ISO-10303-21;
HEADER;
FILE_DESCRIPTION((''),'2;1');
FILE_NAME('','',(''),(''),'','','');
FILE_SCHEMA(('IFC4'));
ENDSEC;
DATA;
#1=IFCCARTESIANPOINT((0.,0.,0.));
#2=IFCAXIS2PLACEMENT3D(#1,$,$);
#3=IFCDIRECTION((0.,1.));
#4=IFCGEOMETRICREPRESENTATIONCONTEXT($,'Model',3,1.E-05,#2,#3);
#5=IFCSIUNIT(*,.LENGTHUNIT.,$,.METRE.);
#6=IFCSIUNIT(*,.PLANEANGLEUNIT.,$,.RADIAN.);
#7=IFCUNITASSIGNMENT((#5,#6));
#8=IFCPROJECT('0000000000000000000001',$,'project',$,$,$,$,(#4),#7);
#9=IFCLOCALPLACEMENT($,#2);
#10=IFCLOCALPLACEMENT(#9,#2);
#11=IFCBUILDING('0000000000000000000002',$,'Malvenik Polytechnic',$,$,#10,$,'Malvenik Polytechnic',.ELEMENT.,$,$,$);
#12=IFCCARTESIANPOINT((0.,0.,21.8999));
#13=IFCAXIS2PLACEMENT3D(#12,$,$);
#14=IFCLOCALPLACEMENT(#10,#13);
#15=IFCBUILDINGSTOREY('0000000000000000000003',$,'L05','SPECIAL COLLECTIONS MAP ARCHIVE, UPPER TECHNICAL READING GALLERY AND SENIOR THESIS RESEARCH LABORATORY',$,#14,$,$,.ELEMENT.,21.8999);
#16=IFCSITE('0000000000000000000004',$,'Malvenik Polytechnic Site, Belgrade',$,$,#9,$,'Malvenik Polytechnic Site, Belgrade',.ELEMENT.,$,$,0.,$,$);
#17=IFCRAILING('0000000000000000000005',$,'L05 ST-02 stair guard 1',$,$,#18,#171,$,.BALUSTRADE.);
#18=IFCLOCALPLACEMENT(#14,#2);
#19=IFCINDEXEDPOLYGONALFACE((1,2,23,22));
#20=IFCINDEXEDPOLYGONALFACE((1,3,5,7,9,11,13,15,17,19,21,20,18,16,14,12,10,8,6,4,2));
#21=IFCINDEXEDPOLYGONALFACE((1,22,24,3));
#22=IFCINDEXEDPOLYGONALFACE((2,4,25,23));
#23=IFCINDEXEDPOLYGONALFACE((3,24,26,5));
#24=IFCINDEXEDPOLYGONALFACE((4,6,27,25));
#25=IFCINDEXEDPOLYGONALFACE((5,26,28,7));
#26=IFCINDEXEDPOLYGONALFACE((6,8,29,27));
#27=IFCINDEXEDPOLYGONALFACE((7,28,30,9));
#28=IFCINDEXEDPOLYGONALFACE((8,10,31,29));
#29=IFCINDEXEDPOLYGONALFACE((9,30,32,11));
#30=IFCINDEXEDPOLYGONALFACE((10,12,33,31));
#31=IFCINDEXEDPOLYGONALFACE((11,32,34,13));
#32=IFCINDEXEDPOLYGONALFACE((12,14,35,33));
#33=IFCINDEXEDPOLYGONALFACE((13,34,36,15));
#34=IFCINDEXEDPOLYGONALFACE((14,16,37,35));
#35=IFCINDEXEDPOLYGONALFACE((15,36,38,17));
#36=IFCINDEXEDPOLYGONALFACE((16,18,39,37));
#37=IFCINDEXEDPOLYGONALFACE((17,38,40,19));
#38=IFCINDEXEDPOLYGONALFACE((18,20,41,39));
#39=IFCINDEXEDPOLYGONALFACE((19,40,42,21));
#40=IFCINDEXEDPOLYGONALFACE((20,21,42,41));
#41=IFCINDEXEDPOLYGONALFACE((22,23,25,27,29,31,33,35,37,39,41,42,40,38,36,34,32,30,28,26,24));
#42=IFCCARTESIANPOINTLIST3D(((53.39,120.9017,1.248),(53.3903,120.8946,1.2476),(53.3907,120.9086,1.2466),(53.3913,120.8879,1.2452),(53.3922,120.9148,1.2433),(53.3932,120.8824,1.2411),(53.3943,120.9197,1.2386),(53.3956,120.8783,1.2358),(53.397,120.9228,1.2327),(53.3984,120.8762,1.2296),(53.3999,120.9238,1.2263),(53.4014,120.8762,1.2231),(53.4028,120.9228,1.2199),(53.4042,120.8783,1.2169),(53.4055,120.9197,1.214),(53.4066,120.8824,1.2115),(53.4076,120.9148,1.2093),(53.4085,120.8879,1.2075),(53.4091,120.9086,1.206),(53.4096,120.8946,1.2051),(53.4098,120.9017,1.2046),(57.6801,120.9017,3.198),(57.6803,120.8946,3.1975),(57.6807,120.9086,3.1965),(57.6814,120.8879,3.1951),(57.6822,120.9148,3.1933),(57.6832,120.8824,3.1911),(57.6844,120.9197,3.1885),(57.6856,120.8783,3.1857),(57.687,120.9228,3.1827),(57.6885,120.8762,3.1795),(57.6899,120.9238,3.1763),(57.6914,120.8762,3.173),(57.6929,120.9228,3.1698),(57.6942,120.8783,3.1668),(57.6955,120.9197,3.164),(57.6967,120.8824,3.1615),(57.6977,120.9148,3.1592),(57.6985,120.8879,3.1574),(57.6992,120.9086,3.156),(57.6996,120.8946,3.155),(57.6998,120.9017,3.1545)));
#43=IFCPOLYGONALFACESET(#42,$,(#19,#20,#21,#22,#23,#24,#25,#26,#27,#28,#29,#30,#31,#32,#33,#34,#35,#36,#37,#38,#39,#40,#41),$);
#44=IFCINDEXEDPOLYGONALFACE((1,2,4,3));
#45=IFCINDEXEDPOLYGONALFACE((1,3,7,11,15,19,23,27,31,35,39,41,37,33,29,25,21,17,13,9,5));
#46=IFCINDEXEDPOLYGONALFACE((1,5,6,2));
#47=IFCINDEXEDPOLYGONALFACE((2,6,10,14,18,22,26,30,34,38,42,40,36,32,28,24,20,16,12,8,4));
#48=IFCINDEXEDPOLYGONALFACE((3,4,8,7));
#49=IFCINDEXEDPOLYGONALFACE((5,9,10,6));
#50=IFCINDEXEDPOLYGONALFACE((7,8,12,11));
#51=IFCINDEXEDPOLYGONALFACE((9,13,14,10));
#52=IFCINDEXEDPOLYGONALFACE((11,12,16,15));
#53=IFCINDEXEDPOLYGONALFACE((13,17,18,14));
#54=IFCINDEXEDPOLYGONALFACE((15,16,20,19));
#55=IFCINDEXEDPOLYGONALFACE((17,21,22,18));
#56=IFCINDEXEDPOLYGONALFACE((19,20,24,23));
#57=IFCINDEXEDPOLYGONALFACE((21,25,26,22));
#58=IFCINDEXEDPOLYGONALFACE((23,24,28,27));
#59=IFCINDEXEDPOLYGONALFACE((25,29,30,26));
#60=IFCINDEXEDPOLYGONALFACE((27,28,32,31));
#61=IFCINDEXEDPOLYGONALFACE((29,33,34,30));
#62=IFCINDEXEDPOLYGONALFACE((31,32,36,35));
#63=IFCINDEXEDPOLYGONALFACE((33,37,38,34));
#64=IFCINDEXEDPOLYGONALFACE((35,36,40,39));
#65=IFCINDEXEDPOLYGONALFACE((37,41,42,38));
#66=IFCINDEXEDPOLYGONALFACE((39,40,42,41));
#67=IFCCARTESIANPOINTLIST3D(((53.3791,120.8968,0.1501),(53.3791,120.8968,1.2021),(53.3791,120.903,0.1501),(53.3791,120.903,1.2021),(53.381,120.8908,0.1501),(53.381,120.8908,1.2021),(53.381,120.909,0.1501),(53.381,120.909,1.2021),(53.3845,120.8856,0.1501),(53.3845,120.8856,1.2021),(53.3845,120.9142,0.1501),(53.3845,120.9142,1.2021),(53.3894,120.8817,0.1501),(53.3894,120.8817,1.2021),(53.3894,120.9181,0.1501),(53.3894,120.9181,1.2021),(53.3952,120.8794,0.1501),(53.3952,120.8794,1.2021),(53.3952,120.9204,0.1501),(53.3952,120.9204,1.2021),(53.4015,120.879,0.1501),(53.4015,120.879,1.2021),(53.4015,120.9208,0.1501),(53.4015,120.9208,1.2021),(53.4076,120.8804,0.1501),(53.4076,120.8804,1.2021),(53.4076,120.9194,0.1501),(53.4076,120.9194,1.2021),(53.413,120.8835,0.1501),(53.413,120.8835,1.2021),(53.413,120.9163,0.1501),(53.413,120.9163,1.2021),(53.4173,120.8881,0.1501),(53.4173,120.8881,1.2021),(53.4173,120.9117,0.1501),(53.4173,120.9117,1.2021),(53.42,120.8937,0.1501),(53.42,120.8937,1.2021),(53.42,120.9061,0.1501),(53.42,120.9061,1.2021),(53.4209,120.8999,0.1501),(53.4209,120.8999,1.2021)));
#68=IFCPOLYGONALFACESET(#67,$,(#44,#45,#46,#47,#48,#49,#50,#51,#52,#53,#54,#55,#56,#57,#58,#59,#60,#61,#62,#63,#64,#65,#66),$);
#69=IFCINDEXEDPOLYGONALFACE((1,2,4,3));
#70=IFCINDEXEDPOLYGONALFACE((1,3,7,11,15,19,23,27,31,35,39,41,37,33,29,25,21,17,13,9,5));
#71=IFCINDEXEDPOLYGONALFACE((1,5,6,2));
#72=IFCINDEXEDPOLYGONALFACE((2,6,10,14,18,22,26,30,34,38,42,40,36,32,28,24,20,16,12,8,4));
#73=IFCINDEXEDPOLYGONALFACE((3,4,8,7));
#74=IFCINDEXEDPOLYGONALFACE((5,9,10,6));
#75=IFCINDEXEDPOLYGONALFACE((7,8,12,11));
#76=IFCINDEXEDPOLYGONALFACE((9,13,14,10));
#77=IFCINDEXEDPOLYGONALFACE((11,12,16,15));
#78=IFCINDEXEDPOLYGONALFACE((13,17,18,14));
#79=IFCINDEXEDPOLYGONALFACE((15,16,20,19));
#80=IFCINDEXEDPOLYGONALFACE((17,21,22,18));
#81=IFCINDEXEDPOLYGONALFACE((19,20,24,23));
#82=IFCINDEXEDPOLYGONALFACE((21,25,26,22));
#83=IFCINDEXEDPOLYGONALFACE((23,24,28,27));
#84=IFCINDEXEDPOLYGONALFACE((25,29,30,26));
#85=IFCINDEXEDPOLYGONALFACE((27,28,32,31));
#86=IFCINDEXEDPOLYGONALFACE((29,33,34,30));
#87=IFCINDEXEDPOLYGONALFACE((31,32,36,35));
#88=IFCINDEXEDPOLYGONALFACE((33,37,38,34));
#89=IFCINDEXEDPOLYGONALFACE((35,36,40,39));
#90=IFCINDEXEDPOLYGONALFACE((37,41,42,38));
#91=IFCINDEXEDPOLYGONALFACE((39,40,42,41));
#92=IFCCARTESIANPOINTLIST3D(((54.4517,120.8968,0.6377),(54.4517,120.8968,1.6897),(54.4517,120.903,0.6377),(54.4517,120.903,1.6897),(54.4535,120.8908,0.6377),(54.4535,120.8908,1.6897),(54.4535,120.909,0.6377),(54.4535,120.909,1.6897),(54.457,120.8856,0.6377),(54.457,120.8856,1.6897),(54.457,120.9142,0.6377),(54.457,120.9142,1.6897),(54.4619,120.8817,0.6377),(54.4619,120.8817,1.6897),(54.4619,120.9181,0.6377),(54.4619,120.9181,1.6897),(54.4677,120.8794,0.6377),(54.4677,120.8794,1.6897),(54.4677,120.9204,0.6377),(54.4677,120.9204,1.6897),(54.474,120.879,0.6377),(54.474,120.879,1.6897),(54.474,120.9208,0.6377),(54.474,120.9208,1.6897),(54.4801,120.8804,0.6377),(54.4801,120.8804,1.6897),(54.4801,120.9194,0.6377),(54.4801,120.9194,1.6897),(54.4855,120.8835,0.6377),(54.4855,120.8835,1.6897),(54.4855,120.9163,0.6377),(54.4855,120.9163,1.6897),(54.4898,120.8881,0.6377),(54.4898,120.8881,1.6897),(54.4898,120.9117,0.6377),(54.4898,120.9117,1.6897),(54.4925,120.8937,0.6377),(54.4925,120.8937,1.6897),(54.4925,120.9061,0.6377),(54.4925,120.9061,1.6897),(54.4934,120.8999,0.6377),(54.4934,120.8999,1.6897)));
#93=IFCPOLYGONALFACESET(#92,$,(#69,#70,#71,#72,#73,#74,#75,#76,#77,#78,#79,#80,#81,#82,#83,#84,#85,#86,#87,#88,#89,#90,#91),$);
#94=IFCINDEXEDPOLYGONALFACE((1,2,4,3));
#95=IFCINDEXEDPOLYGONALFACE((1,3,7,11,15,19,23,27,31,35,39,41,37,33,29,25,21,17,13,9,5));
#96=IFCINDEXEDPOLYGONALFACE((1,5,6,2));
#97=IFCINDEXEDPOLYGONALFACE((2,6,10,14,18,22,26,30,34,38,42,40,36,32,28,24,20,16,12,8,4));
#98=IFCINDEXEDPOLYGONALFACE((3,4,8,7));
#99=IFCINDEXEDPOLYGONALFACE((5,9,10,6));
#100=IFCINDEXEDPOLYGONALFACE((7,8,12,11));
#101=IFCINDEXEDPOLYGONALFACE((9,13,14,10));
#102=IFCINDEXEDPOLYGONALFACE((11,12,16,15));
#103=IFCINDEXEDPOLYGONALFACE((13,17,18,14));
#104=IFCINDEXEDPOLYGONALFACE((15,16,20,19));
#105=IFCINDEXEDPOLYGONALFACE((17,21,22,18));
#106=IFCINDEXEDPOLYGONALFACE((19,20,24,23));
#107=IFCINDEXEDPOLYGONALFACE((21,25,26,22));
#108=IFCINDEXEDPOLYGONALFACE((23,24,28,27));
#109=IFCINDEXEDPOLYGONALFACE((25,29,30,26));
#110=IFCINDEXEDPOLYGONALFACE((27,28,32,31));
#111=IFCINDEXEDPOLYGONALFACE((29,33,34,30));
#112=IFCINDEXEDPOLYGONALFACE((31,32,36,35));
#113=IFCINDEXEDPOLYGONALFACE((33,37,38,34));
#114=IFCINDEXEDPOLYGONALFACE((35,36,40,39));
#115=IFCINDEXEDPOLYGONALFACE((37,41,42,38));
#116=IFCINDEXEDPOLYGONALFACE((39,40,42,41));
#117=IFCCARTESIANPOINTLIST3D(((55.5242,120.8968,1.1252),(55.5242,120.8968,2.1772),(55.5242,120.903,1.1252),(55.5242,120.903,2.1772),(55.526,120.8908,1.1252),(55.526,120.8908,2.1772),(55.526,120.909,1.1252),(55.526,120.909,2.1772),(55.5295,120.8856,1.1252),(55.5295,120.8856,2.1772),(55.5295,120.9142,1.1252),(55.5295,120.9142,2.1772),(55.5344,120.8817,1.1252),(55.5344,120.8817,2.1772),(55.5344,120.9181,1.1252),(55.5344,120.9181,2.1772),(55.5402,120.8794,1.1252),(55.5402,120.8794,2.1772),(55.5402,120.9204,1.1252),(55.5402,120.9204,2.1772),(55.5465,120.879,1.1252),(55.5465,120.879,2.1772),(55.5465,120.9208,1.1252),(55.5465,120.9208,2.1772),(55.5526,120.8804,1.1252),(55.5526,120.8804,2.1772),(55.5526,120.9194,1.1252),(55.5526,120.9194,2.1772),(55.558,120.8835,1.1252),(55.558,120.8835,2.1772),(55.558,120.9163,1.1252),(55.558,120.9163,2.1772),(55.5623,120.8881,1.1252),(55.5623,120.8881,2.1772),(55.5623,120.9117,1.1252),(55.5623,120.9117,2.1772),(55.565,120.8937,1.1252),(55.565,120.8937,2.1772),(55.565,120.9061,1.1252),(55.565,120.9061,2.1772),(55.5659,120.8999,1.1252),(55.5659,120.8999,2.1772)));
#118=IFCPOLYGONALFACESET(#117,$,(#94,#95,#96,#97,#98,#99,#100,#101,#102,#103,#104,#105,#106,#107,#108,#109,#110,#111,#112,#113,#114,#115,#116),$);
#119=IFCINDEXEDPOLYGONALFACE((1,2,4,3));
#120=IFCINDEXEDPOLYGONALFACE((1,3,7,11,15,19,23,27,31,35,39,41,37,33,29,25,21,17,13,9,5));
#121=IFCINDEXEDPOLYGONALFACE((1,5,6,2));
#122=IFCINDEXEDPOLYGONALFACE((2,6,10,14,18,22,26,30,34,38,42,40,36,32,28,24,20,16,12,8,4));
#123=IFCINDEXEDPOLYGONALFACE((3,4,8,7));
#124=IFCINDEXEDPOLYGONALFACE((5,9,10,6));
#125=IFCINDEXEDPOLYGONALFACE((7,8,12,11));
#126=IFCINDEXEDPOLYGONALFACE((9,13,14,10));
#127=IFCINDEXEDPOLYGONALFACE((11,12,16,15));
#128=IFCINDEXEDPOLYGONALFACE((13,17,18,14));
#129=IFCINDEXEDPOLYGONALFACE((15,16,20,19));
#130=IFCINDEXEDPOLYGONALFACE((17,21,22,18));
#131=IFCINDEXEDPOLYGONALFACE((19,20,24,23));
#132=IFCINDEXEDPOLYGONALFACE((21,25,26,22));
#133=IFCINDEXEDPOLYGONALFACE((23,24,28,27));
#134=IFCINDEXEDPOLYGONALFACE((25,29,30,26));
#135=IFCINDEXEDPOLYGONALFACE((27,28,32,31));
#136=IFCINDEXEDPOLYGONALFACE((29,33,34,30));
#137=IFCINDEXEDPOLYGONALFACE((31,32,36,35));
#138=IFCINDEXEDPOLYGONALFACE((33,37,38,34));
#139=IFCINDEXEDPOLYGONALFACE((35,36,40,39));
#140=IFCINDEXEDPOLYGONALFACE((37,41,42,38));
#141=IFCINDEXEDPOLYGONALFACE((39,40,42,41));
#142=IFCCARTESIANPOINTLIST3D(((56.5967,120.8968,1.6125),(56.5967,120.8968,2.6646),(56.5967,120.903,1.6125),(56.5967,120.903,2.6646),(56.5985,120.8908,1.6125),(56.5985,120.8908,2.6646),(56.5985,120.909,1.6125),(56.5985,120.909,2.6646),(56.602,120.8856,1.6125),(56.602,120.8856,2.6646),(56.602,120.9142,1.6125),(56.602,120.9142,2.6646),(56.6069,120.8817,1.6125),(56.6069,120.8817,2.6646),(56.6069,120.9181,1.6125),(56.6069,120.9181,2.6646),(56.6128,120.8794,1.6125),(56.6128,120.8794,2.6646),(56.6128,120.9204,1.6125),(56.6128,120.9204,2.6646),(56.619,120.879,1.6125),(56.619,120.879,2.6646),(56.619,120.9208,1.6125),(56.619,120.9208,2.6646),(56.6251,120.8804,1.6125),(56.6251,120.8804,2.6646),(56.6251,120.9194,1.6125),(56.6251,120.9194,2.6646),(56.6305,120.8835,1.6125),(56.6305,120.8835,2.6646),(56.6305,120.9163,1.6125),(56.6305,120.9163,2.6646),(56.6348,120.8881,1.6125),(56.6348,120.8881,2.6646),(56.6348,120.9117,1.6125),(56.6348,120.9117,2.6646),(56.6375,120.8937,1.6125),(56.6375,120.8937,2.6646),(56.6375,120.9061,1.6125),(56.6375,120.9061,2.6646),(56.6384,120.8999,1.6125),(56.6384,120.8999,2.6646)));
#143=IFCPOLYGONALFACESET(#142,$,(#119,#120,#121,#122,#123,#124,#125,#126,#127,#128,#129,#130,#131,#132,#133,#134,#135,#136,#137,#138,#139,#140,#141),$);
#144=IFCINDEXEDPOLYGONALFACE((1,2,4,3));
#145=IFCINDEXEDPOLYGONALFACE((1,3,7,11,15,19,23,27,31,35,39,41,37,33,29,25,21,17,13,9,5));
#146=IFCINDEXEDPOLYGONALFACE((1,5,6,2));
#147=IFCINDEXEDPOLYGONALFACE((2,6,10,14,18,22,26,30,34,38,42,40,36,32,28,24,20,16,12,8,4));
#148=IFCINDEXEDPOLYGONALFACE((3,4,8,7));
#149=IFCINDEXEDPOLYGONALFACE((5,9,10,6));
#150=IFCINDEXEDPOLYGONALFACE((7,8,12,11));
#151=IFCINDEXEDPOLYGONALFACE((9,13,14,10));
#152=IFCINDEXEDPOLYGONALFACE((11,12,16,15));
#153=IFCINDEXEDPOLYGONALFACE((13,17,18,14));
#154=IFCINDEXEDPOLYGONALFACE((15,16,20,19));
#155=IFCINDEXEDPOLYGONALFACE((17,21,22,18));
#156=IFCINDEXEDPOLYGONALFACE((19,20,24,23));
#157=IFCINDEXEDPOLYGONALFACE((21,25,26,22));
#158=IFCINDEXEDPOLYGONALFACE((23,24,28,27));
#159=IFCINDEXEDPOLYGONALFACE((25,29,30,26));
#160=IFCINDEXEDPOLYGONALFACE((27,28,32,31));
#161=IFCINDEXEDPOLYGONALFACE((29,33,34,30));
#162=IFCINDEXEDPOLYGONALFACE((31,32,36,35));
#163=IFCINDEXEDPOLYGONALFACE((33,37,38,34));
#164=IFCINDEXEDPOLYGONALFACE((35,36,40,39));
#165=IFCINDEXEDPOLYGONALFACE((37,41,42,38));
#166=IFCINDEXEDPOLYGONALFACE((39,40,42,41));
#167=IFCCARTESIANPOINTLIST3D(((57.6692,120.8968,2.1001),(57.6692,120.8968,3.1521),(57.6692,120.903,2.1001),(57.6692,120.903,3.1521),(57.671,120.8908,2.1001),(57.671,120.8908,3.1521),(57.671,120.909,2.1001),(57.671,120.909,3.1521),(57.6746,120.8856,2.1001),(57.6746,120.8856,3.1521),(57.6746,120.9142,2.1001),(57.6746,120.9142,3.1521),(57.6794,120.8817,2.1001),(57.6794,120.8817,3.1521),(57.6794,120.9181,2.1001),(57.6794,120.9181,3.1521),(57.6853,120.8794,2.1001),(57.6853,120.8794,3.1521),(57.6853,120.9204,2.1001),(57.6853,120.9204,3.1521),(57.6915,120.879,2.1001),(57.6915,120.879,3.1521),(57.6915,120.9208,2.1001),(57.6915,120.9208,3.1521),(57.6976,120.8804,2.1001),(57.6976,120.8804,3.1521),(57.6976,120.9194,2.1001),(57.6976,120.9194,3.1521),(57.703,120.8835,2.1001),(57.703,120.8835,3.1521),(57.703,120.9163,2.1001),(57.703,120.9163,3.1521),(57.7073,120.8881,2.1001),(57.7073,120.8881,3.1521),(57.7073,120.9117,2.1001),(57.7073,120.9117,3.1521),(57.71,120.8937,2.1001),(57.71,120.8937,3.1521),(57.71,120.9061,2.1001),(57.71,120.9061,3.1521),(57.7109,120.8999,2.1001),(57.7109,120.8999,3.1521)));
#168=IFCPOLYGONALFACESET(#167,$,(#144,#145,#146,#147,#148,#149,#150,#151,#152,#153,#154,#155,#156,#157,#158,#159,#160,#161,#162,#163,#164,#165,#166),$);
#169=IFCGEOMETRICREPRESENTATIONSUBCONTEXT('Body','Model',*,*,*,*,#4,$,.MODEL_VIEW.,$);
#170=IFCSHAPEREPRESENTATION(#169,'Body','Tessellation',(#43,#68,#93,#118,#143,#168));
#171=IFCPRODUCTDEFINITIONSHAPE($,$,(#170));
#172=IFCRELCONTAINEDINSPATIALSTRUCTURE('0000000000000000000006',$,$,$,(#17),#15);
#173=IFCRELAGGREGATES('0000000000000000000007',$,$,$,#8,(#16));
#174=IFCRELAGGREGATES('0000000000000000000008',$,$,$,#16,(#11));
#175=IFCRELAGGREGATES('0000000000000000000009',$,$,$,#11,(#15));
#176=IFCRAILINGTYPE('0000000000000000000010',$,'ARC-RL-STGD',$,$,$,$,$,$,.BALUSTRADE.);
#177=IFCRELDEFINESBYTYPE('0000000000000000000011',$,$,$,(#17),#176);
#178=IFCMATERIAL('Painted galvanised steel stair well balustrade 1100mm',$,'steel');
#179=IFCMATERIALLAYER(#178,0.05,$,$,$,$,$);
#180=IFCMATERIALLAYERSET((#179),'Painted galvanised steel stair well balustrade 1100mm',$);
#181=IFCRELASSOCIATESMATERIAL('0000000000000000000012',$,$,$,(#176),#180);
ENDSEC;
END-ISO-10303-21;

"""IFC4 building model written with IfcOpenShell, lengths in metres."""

from ifc_helpers import new_model, si_unit, direction, frame, origin, origin_2d, place, context, subcontext, project, spatial, circle, extrude, material, layer, layer_set, type_object, element, save


model = new_model("IFC4")

# Units and contexts
model_context = context("Model", 3, precision=1e-05, world=origin(), true_north=direction((0.0, 1.0)))
body_context = subcontext(model_context, "Body", "Model", "MODEL_VIEW")
ifc_project = project(units=[si_unit("LENGTHUNIT", "METRE"), si_unit("PLANEANGLEUNIT", "RADIAN")], contexts=[model_context])

# Site, building, storey
site_placement = place(None, origin())
site = spatial("IfcSite", under=ifc_project, at=site_placement, Name="Malvenik Polytechnic Site, Belgrade", LongName="Malvenik Polytechnic Site, Belgrade", CompositionType="ELEMENT", RefElevation=0.0)
building_placement = place(site_placement, origin())
building = spatial("IfcBuilding", under=site, at=building_placement, Name="Malvenik Polytechnic", LongName="Malvenik Polytechnic", CompositionType="ELEMENT")
storey_placement = place(building_placement, frame((0.0, 0.0, 21.8999)))
storey = spatial("IfcBuildingStorey", under=building, at=storey_placement, Name="L05", Description="SPECIAL COLLECTIONS MAP ARCHIVE, UPPER TECHNICAL READING GALLERY AND SENIOR THESIS RESEARCH LABORATORY", CompositionType="ELEMENT", Elevation=21.8999)

# Railing
ifc_material_1 = material(Name="Painted galvanised steel stair well balustrade 1100mm", Category="steel")
ifc_layer_1 = layer(ifc_material_1, 0.05)
ifc_layer_set_1 = layer_set([ifc_layer_1], Name="Painted galvanised steel stair well balustrade 1100mm")
railing_type_1 = type_object("IfcRailingType", Name="ARC-RL-STGD", PredefinedType="BALUSTRADE", material=ifc_layer_set_1)
railing_1_placement = place(storey_placement, frame((53.3999, 120.8999, 0.1501)))
element("IfcRailing", 1, at=railing_1_placement, inside=storey, type_object=railing_type_1, Name="L05 ST-02 stair guard 1", PredefinedType="BALUSTRADE", context=body_context, shape_type="SweptSolid", body=[
    extrude(circle(Radius=0.0239, at=origin_2d()), frame((0.0, 0.0, 1.0762), z_axis=(0.910372, 0.0, 0.413791), x_axis=(0.0, 1.0, 0.0)), (0.0, 0.0, 1.0), 4.7124),
    extrude(circle(Radius=0.021, at=origin_2d()), origin(), (0.0, 0.0, 1.0), 1.052),
    extrude(circle(Radius=0.021, at=origin_2d()), frame((1.0725, 0.0, 0.4875)), (0.0, 0.0, 1.0), 1.052),
    extrude(circle(Radius=0.021, at=origin_2d()), frame((2.145, 0.0, 0.9751)), (0.0, 0.0, 1.0), 1.052),
    extrude(circle(Radius=0.021, at=origin_2d()), frame((3.2175, 0.0, 1.4624)), (0.0, 0.0, 1.0), 1.052),
    extrude(circle(Radius=0.021, at=origin_2d()), frame((4.29, 0.0, 1.95)), (0.0, 0.0, 1.0), 1.052),
])

save(model, "model.ifc")
